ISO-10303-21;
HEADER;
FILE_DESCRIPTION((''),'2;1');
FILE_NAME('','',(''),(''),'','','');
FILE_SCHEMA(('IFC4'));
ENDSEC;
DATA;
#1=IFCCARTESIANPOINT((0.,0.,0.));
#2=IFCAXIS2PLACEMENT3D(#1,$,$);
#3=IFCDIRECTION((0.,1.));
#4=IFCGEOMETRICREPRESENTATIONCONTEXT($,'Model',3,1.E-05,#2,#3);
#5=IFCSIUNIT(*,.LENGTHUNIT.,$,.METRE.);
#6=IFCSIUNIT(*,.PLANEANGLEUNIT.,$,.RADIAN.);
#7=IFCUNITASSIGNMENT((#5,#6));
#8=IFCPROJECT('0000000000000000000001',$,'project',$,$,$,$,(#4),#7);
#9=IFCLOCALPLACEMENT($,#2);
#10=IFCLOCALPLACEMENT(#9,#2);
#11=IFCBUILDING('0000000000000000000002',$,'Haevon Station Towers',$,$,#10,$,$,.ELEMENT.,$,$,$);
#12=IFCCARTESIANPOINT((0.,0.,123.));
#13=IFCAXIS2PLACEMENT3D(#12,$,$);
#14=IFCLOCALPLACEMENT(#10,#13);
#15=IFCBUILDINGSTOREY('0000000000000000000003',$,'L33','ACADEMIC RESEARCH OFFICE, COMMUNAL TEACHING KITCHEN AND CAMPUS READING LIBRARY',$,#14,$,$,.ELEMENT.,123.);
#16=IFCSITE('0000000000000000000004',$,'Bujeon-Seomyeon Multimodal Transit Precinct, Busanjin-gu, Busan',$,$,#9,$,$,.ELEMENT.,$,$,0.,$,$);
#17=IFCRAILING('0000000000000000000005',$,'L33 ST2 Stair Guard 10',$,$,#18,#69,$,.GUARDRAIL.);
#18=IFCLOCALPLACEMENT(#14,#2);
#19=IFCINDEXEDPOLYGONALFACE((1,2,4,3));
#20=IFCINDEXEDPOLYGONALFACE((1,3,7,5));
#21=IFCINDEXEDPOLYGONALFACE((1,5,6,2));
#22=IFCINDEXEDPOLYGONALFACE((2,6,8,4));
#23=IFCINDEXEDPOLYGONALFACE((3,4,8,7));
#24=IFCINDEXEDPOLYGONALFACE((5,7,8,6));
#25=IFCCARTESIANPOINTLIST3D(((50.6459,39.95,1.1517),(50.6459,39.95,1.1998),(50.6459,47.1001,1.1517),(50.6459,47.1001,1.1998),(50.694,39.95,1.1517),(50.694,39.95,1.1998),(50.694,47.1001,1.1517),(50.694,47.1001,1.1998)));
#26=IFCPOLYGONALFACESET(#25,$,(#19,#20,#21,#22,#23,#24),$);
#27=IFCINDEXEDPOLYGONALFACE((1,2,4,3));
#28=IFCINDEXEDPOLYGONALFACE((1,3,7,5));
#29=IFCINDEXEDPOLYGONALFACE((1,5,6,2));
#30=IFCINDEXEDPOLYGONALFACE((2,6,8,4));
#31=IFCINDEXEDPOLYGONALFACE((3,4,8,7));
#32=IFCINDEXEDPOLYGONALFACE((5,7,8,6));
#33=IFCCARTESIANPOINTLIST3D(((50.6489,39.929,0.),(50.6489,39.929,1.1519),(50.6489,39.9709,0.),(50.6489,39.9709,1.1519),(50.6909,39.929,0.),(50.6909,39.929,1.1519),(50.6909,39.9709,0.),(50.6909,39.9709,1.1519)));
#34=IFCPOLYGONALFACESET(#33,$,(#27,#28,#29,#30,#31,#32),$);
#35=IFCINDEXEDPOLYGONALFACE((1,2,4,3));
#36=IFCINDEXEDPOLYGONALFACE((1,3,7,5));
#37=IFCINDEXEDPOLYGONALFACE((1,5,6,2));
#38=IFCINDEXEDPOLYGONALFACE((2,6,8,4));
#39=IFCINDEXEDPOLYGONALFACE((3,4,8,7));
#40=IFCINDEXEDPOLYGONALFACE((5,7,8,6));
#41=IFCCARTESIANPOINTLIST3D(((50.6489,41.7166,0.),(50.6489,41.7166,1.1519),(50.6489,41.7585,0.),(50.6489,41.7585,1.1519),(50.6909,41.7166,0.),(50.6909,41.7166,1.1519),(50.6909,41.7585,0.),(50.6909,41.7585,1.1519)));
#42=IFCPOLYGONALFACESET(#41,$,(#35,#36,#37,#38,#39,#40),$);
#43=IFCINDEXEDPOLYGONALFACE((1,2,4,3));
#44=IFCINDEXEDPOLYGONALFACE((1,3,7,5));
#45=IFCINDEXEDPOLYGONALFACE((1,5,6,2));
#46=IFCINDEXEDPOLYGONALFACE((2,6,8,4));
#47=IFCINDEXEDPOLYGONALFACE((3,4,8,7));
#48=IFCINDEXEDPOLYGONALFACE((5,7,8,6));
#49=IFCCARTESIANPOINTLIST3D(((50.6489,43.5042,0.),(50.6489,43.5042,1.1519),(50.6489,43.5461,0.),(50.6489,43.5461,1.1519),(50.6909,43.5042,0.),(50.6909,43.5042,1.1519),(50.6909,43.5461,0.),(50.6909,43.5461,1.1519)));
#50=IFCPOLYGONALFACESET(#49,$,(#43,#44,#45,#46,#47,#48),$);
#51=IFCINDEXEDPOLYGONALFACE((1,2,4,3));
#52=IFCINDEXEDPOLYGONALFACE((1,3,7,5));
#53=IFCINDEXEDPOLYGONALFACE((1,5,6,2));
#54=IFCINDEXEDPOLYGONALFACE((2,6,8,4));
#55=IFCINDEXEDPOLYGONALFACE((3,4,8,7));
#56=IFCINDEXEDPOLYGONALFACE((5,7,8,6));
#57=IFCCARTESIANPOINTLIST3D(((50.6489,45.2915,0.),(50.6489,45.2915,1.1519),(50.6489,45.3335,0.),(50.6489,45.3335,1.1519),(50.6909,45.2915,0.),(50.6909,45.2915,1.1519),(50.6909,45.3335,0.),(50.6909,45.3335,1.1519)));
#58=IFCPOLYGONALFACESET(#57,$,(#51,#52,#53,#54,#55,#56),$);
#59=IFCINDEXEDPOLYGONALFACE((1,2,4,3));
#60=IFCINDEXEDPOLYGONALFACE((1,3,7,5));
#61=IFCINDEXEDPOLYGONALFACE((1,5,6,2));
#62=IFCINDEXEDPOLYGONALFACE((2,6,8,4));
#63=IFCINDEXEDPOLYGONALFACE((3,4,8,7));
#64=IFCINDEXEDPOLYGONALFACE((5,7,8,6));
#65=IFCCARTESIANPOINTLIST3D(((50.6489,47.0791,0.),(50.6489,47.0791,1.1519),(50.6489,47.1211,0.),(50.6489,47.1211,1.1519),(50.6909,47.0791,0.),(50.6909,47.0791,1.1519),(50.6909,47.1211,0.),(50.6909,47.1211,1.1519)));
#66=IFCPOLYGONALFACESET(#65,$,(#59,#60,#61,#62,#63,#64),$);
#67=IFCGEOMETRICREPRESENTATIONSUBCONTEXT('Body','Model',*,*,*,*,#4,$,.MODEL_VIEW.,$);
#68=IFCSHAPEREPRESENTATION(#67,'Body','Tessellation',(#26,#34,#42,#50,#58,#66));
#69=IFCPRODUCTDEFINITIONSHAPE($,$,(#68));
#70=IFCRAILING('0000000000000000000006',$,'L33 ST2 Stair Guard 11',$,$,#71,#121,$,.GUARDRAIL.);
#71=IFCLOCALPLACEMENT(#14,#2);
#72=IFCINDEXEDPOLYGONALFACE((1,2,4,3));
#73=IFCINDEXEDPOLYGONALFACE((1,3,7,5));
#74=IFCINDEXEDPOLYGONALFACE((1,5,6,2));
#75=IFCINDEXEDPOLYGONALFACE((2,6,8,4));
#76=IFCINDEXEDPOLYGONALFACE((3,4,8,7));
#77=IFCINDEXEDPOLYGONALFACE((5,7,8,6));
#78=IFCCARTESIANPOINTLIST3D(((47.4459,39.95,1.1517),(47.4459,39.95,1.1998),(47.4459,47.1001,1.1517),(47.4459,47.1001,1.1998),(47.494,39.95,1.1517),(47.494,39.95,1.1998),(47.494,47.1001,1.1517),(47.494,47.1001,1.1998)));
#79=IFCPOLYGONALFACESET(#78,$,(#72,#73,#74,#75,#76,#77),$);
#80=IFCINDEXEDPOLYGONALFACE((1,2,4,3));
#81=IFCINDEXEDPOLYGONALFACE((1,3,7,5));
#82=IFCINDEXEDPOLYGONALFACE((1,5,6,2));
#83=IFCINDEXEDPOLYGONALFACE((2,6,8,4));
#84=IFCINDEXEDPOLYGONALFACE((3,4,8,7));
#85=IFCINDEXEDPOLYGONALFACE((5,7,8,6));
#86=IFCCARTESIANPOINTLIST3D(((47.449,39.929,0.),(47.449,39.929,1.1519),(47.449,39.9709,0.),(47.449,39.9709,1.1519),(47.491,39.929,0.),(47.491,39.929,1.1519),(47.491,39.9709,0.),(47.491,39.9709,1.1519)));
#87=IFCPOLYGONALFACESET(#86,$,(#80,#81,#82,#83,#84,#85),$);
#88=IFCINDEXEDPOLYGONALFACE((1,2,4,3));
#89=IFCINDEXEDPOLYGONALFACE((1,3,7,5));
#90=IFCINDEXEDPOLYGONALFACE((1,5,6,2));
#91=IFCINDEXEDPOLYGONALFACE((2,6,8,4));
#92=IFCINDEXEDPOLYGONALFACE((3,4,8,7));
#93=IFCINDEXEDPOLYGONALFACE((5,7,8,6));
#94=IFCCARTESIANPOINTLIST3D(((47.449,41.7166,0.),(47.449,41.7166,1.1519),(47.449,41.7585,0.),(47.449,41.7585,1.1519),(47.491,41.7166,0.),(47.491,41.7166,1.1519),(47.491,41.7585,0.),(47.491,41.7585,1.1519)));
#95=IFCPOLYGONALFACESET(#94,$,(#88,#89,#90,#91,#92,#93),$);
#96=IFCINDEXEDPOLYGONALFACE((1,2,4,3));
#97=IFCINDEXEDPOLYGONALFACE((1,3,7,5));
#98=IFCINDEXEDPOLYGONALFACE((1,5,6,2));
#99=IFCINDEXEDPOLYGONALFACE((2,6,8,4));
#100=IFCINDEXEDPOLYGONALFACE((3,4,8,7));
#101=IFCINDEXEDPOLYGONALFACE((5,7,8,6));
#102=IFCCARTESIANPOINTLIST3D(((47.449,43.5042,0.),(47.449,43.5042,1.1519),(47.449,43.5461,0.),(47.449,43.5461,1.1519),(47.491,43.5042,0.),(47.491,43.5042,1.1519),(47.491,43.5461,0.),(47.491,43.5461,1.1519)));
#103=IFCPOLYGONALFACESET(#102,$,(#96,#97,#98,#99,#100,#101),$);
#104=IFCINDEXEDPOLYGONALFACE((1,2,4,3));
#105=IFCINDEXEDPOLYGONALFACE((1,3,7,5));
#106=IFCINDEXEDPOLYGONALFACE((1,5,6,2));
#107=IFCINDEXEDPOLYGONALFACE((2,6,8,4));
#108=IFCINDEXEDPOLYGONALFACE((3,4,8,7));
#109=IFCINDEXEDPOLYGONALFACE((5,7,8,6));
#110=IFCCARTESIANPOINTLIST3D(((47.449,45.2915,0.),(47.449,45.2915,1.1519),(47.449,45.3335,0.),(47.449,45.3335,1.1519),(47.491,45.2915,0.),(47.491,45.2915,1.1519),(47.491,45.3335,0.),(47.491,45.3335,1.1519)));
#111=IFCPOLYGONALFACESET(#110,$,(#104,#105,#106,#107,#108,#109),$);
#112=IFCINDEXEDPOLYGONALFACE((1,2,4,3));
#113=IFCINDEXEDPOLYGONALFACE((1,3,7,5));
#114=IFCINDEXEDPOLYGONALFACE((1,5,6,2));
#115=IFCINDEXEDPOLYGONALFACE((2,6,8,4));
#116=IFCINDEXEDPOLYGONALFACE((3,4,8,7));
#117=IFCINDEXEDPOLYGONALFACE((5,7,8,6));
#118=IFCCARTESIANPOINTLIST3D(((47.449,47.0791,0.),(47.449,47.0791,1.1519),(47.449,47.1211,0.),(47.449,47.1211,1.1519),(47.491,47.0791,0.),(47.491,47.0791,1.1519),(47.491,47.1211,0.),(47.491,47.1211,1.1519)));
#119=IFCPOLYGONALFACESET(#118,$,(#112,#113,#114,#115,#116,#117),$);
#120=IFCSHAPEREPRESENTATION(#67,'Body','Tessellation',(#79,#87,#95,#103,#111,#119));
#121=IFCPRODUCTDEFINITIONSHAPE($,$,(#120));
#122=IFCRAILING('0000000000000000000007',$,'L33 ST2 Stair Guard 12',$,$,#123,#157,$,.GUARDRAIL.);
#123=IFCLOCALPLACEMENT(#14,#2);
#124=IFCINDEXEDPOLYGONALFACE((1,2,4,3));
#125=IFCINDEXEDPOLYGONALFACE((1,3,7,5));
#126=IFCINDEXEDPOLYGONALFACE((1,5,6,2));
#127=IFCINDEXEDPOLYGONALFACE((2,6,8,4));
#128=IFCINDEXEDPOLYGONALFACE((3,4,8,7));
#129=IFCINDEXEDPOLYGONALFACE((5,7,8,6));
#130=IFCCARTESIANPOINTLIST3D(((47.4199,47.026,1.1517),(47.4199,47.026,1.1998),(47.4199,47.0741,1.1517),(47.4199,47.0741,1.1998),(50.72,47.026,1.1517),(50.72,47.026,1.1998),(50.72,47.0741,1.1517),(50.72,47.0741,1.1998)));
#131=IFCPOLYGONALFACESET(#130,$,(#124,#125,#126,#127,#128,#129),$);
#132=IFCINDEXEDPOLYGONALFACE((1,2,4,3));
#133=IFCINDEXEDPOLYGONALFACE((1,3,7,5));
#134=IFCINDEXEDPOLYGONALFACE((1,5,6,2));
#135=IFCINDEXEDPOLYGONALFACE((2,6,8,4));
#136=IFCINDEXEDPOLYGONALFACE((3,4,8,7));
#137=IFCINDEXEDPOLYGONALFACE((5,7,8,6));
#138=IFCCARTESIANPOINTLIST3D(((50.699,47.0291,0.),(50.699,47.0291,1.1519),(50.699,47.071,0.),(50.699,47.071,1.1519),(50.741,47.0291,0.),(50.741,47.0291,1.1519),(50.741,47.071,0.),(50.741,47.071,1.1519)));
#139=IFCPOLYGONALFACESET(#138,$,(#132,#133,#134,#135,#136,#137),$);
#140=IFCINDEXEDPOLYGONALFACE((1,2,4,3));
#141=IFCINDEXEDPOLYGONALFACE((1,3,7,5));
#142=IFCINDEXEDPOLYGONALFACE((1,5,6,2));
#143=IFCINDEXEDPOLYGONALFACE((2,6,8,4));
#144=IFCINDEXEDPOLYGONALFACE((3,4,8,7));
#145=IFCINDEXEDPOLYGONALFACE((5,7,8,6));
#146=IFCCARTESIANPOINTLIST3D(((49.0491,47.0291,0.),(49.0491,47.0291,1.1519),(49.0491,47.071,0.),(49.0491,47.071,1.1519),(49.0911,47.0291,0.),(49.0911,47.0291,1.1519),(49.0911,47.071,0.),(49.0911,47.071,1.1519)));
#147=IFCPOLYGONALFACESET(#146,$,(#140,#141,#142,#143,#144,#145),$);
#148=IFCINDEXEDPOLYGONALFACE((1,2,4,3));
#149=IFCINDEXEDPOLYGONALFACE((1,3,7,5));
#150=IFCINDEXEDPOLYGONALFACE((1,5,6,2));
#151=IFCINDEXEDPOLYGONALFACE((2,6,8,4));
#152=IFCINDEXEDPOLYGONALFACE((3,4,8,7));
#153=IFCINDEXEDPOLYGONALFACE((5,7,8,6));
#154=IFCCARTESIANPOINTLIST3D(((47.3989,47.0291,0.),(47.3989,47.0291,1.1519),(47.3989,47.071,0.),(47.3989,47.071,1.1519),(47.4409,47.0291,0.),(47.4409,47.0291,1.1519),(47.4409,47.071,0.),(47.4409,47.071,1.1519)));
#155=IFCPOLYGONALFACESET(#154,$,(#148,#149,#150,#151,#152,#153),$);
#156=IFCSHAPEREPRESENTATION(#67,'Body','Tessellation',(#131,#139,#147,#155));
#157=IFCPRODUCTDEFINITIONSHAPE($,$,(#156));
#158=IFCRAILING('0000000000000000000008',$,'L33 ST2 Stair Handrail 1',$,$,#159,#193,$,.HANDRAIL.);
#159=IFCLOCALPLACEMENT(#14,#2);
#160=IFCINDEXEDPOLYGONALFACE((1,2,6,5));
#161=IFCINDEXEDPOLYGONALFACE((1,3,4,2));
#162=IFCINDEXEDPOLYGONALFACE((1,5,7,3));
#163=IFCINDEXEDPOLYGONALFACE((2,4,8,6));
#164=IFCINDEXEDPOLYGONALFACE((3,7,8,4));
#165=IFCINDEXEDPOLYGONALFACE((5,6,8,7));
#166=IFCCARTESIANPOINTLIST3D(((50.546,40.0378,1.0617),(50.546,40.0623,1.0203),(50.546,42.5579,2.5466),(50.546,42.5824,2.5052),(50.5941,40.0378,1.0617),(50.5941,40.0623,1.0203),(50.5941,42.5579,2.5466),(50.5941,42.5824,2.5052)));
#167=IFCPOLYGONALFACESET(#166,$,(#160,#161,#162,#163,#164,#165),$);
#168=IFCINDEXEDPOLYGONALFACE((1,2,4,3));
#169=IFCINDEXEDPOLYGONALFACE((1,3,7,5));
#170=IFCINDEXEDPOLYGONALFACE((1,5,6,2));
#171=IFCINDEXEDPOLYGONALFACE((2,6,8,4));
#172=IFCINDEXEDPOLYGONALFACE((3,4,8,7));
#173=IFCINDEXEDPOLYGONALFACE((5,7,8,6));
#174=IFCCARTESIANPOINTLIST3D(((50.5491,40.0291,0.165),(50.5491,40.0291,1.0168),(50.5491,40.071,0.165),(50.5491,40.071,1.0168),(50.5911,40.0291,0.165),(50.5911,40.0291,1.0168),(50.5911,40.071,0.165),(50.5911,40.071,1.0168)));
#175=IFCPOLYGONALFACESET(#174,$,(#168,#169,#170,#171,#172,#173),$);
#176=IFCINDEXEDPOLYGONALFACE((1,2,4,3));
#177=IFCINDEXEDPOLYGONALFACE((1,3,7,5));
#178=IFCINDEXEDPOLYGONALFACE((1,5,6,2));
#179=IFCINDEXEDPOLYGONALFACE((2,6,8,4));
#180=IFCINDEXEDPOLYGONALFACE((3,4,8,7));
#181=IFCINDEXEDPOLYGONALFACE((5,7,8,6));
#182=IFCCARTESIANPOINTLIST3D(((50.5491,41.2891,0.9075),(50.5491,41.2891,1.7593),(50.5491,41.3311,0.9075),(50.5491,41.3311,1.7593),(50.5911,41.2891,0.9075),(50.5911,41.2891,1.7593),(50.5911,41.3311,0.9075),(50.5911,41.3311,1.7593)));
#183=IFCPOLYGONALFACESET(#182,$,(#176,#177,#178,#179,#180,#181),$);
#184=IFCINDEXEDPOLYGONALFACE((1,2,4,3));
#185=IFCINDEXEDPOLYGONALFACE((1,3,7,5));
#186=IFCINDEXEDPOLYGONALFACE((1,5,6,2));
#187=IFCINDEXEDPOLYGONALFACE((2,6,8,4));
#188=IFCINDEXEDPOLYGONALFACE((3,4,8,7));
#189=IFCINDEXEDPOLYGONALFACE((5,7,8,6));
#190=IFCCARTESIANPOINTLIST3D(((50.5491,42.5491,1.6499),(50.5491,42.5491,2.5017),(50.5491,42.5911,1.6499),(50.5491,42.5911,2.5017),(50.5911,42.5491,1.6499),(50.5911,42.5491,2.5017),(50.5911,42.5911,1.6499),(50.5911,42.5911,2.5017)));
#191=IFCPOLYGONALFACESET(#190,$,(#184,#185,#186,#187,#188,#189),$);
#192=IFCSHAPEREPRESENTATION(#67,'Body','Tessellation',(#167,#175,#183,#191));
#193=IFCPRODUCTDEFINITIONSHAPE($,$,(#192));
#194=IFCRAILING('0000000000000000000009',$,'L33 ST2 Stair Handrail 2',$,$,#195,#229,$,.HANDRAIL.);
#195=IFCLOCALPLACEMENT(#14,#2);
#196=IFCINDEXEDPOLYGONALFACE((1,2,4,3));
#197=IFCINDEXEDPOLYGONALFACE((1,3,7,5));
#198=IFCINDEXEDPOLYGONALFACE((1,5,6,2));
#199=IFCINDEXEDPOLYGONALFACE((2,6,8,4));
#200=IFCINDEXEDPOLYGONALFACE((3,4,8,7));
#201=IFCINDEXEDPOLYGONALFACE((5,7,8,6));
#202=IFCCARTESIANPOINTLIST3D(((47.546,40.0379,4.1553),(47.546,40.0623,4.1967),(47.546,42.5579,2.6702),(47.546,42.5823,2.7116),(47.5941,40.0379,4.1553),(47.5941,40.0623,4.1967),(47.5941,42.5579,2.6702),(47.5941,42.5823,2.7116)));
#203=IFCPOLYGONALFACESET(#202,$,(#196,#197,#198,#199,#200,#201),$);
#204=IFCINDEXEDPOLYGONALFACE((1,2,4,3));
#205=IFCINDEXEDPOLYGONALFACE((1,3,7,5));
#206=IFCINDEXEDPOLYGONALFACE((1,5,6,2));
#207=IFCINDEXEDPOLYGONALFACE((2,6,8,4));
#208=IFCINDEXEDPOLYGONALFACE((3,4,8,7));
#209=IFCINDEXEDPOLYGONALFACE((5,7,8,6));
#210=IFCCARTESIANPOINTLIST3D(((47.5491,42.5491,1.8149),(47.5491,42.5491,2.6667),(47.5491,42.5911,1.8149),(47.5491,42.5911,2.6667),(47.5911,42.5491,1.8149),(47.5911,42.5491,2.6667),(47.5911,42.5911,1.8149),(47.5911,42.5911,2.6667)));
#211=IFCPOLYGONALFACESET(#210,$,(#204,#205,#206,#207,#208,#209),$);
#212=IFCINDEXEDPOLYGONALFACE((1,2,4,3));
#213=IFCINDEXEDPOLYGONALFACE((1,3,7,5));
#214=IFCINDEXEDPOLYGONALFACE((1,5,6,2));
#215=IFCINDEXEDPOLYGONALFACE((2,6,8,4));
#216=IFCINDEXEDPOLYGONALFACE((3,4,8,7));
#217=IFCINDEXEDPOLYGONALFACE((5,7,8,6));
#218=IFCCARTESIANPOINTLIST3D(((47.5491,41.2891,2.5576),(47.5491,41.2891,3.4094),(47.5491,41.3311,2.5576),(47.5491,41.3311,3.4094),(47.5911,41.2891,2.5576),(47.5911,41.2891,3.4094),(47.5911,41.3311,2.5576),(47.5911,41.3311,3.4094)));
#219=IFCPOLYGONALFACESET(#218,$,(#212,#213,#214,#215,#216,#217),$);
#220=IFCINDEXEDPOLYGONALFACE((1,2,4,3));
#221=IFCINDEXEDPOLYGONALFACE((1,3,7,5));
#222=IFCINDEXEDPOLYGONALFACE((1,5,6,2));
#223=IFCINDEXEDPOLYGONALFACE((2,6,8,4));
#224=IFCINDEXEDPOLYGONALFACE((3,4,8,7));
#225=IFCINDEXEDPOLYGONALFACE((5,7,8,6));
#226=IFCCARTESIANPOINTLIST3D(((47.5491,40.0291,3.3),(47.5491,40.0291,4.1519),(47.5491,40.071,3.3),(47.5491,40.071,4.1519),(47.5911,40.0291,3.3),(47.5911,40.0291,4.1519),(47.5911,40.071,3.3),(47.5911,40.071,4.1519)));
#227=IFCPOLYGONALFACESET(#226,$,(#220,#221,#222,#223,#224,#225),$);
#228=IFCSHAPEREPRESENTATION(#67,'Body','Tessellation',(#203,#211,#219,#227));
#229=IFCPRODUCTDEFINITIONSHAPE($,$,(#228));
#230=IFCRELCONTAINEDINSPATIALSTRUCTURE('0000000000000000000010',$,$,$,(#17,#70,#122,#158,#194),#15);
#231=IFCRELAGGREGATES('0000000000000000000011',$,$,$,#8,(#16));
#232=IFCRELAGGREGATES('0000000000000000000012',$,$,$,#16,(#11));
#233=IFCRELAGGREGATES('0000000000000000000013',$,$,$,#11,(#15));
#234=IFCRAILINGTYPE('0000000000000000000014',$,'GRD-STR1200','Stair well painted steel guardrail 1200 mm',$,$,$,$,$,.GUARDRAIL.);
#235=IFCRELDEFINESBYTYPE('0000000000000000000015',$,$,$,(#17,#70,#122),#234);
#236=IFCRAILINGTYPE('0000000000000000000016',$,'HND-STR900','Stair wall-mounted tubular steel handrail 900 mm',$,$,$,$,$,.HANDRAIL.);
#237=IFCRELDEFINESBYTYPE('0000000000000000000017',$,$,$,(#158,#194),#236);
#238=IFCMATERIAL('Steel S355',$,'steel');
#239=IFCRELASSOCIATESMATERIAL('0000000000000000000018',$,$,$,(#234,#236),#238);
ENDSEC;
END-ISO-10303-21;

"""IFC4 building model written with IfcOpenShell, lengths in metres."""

from ifc_helpers import new_model, si_unit, direction, frame, origin, origin_2d, place, context, subcontext, project, spatial, rectangle, extrude, material, type_object, element, save


model = new_model("IFC4")

# Units and contexts
model_context = context("Model", 3, precision=1e-05, world=origin(), true_north=direction((0.0, 1.0)))
body_context = subcontext(model_context, "Body", "Model", "MODEL_VIEW")
ifc_project = project(units=[si_unit("LENGTHUNIT", "METRE"), si_unit("PLANEANGLEUNIT", "RADIAN")], contexts=[model_context])

# Site, building, storey
site_placement = place(None, origin())
site = spatial("IfcSite", under=ifc_project, at=site_placement, Name="Bujeon-Seomyeon Multimodal Transit Precinct, Busanjin-gu, Busan", CompositionType="ELEMENT", RefElevation=0.0)
building_placement = place(site_placement, origin())
building = spatial("IfcBuilding", under=site, at=building_placement, Name="Haevon Station Towers", CompositionType="ELEMENT")
storey_placement = place(building_placement, frame((0.0, 0.0, 123.0)))
storey = spatial("IfcBuildingStorey", under=building, at=storey_placement, Name="L33", Description="ACADEMIC RESEARCH OFFICE, COMMUNAL TEACHING KITCHEN AND CAMPUS READING LIBRARY", CompositionType="ELEMENT", Elevation=123.0)

# Shared definitions
ifc_material_1 = material(Name="Steel S355", Category="steel")

# Railings
railing_type_1 = type_object("IfcRailingType", Name="GRD-STR1200", Description="Stair well painted steel guardrail 1200 mm", PredefinedType="GUARDRAIL", material=ifc_material_1)
for number, where, name in (
    (1, (50.6699, 39.95, 0.0), "L33 ST2 Stair Guard 10"),
    (2, (47.47, 39.95, 0.0), "L33 ST2 Stair Guard 11"),
):
    element("IfcRailing", number, at=place(storey_placement, frame(where)), inside=storey, type_object=railing_type_1, Name=name, PredefinedType="GUARDRAIL", context=body_context, shape_type="SweptSolid", body=[
        extrude(rectangle(XDim=0.0481, YDim=0.0481, at=origin_2d()), frame((0.0, 0.0, 1.1758), z_axis=(0.0, 1.0, 0.0), x_axis=(-1.0, 0.0, 0.0)), (0.0, 0.0, 1.0), 7.1501),
        extrude(rectangle(XDim=0.042, YDim=0.042, at=origin_2d()), origin(), (0.0, 0.0, 1.0), 1.1519),
        extrude(rectangle(XDim=0.042, YDim=0.042, at=origin_2d()), frame((0.0, 1.7876, 0.0)), (0.0, 0.0, 1.0), 1.1519),
        extrude(rectangle(XDim=0.042, YDim=0.042, at=origin_2d()), frame((0.0, 3.5752, 0.0)), (0.0, 0.0, 1.0), 1.1519),
        extrude(rectangle(XDim=0.042, YDim=0.042, at=origin_2d()), frame((0.0, 5.3625, 0.0)), (0.0, 0.0, 1.0), 1.1519),
        extrude(rectangle(XDim=0.042, YDim=0.042, at=origin_2d()), frame((0.0, 7.1501, 0.0)), (0.0, 0.0, 1.0), 1.1519),
    ])
railing_1_placement = place(storey_placement, frame((50.72, 47.05, 0.0)))
element("IfcRailing", 3, at=railing_1_placement, inside=storey, type_object=railing_type_1, Name="L33 ST2 Stair Guard 12", PredefinedType="GUARDRAIL", context=body_context, shape_type="SweptSolid", body=[
    extrude(rectangle(XDim=0.0481, YDim=0.0481, at=origin_2d()), frame((0.0, 0.0, 1.1758), z_axis=(-1.0, 0.0, 0.0), x_axis=(0.0, -1.0, 0.0)), (0.0, 0.0, 1.0), 3.3),
    extrude(rectangle(XDim=0.042, YDim=0.042, at=origin_2d()), origin(), (0.0, 0.0, 1.0), 1.1519),
    extrude(rectangle(XDim=0.042, YDim=0.042, at=origin_2d()), frame((-1.6499, 0.0, 0.0)), (0.0, 0.0, 1.0), 1.1519),
    extrude(rectangle(XDim=0.042, YDim=0.042, at=origin_2d()), frame((-3.3, 0.0, 0.0)), (0.0, 0.0, 1.0), 1.1519),
])
railing_type_2 = type_object("IfcRailingType", Name="HND-STR900", Description="Stair wall-mounted tubular steel handrail 900 mm", PredefinedType="HANDRAIL", material=ifc_material_1)
railing_2_placement = place(storey_placement, frame((50.5701, 40.05, 0.165)))
element("IfcRailing", 4, at=railing_2_placement, inside=storey, type_object=railing_type_2, Name="L33 ST2 Stair Handrail 1", PredefinedType="HANDRAIL", context=body_context, shape_type="SweptSolid", body=[
    extrude(rectangle(XDim=0.0481, YDim=0.0481, at=origin_2d()), frame((0.0, 0.0, 0.876), z_axis=(0.0, 0.861561, 0.507655), x_axis=(-1.0, 0.0, 0.0)), (0.0, 0.0, 1.0), 2.925),
    extrude(rectangle(XDim=0.042, YDim=0.042, at=origin_2d()), origin(), (0.0, 0.0, 1.0), 0.8518),
    extrude(rectangle(XDim=0.042, YDim=0.042, at=origin_2d()), frame((0.0, 1.26, 0.7424)), (0.0, 0.0, 1.0), 0.8518),
    extrude(rectangle(XDim=0.042, YDim=0.042, at=origin_2d()), frame((0.0, 2.52, 1.4849)), (0.0, 0.0, 1.0), 0.8518),
])
railing_3_placement = place(storey_placement, frame((47.5701, 42.5701, 1.8149)))
element("IfcRailing", 5, at=railing_3_placement, inside=storey, type_object=railing_type_2, Name="L33 ST2 Stair Handrail 2", PredefinedType="HANDRAIL", context=body_context, shape_type="SweptSolid", body=[
    extrude(rectangle(XDim=0.0481, YDim=0.0481, at=origin_2d()), frame((0.0, 0.0, 0.876), z_axis=(0.0, -0.861524, 0.507717), x_axis=(1.0, 0.0, 0.0)), (0.0, 0.0, 1.0), 2.925),
    extrude(rectangle(XDim=0.042, YDim=0.042, at=origin_2d()), origin(), (0.0, 0.0, 1.0), 0.8518),
    extrude(rectangle(XDim=0.042, YDim=0.042, at=origin_2d()), frame((0.0, -1.26, 0.7427)), (0.0, 0.0, 1.0), 0.8518),
    extrude(rectangle(XDim=0.042, YDim=0.042, at=origin_2d()), frame((0.0, -2.52, 1.4851)), (0.0, 0.0, 1.0), 0.8518),
])

save(model, "model.ifc")
